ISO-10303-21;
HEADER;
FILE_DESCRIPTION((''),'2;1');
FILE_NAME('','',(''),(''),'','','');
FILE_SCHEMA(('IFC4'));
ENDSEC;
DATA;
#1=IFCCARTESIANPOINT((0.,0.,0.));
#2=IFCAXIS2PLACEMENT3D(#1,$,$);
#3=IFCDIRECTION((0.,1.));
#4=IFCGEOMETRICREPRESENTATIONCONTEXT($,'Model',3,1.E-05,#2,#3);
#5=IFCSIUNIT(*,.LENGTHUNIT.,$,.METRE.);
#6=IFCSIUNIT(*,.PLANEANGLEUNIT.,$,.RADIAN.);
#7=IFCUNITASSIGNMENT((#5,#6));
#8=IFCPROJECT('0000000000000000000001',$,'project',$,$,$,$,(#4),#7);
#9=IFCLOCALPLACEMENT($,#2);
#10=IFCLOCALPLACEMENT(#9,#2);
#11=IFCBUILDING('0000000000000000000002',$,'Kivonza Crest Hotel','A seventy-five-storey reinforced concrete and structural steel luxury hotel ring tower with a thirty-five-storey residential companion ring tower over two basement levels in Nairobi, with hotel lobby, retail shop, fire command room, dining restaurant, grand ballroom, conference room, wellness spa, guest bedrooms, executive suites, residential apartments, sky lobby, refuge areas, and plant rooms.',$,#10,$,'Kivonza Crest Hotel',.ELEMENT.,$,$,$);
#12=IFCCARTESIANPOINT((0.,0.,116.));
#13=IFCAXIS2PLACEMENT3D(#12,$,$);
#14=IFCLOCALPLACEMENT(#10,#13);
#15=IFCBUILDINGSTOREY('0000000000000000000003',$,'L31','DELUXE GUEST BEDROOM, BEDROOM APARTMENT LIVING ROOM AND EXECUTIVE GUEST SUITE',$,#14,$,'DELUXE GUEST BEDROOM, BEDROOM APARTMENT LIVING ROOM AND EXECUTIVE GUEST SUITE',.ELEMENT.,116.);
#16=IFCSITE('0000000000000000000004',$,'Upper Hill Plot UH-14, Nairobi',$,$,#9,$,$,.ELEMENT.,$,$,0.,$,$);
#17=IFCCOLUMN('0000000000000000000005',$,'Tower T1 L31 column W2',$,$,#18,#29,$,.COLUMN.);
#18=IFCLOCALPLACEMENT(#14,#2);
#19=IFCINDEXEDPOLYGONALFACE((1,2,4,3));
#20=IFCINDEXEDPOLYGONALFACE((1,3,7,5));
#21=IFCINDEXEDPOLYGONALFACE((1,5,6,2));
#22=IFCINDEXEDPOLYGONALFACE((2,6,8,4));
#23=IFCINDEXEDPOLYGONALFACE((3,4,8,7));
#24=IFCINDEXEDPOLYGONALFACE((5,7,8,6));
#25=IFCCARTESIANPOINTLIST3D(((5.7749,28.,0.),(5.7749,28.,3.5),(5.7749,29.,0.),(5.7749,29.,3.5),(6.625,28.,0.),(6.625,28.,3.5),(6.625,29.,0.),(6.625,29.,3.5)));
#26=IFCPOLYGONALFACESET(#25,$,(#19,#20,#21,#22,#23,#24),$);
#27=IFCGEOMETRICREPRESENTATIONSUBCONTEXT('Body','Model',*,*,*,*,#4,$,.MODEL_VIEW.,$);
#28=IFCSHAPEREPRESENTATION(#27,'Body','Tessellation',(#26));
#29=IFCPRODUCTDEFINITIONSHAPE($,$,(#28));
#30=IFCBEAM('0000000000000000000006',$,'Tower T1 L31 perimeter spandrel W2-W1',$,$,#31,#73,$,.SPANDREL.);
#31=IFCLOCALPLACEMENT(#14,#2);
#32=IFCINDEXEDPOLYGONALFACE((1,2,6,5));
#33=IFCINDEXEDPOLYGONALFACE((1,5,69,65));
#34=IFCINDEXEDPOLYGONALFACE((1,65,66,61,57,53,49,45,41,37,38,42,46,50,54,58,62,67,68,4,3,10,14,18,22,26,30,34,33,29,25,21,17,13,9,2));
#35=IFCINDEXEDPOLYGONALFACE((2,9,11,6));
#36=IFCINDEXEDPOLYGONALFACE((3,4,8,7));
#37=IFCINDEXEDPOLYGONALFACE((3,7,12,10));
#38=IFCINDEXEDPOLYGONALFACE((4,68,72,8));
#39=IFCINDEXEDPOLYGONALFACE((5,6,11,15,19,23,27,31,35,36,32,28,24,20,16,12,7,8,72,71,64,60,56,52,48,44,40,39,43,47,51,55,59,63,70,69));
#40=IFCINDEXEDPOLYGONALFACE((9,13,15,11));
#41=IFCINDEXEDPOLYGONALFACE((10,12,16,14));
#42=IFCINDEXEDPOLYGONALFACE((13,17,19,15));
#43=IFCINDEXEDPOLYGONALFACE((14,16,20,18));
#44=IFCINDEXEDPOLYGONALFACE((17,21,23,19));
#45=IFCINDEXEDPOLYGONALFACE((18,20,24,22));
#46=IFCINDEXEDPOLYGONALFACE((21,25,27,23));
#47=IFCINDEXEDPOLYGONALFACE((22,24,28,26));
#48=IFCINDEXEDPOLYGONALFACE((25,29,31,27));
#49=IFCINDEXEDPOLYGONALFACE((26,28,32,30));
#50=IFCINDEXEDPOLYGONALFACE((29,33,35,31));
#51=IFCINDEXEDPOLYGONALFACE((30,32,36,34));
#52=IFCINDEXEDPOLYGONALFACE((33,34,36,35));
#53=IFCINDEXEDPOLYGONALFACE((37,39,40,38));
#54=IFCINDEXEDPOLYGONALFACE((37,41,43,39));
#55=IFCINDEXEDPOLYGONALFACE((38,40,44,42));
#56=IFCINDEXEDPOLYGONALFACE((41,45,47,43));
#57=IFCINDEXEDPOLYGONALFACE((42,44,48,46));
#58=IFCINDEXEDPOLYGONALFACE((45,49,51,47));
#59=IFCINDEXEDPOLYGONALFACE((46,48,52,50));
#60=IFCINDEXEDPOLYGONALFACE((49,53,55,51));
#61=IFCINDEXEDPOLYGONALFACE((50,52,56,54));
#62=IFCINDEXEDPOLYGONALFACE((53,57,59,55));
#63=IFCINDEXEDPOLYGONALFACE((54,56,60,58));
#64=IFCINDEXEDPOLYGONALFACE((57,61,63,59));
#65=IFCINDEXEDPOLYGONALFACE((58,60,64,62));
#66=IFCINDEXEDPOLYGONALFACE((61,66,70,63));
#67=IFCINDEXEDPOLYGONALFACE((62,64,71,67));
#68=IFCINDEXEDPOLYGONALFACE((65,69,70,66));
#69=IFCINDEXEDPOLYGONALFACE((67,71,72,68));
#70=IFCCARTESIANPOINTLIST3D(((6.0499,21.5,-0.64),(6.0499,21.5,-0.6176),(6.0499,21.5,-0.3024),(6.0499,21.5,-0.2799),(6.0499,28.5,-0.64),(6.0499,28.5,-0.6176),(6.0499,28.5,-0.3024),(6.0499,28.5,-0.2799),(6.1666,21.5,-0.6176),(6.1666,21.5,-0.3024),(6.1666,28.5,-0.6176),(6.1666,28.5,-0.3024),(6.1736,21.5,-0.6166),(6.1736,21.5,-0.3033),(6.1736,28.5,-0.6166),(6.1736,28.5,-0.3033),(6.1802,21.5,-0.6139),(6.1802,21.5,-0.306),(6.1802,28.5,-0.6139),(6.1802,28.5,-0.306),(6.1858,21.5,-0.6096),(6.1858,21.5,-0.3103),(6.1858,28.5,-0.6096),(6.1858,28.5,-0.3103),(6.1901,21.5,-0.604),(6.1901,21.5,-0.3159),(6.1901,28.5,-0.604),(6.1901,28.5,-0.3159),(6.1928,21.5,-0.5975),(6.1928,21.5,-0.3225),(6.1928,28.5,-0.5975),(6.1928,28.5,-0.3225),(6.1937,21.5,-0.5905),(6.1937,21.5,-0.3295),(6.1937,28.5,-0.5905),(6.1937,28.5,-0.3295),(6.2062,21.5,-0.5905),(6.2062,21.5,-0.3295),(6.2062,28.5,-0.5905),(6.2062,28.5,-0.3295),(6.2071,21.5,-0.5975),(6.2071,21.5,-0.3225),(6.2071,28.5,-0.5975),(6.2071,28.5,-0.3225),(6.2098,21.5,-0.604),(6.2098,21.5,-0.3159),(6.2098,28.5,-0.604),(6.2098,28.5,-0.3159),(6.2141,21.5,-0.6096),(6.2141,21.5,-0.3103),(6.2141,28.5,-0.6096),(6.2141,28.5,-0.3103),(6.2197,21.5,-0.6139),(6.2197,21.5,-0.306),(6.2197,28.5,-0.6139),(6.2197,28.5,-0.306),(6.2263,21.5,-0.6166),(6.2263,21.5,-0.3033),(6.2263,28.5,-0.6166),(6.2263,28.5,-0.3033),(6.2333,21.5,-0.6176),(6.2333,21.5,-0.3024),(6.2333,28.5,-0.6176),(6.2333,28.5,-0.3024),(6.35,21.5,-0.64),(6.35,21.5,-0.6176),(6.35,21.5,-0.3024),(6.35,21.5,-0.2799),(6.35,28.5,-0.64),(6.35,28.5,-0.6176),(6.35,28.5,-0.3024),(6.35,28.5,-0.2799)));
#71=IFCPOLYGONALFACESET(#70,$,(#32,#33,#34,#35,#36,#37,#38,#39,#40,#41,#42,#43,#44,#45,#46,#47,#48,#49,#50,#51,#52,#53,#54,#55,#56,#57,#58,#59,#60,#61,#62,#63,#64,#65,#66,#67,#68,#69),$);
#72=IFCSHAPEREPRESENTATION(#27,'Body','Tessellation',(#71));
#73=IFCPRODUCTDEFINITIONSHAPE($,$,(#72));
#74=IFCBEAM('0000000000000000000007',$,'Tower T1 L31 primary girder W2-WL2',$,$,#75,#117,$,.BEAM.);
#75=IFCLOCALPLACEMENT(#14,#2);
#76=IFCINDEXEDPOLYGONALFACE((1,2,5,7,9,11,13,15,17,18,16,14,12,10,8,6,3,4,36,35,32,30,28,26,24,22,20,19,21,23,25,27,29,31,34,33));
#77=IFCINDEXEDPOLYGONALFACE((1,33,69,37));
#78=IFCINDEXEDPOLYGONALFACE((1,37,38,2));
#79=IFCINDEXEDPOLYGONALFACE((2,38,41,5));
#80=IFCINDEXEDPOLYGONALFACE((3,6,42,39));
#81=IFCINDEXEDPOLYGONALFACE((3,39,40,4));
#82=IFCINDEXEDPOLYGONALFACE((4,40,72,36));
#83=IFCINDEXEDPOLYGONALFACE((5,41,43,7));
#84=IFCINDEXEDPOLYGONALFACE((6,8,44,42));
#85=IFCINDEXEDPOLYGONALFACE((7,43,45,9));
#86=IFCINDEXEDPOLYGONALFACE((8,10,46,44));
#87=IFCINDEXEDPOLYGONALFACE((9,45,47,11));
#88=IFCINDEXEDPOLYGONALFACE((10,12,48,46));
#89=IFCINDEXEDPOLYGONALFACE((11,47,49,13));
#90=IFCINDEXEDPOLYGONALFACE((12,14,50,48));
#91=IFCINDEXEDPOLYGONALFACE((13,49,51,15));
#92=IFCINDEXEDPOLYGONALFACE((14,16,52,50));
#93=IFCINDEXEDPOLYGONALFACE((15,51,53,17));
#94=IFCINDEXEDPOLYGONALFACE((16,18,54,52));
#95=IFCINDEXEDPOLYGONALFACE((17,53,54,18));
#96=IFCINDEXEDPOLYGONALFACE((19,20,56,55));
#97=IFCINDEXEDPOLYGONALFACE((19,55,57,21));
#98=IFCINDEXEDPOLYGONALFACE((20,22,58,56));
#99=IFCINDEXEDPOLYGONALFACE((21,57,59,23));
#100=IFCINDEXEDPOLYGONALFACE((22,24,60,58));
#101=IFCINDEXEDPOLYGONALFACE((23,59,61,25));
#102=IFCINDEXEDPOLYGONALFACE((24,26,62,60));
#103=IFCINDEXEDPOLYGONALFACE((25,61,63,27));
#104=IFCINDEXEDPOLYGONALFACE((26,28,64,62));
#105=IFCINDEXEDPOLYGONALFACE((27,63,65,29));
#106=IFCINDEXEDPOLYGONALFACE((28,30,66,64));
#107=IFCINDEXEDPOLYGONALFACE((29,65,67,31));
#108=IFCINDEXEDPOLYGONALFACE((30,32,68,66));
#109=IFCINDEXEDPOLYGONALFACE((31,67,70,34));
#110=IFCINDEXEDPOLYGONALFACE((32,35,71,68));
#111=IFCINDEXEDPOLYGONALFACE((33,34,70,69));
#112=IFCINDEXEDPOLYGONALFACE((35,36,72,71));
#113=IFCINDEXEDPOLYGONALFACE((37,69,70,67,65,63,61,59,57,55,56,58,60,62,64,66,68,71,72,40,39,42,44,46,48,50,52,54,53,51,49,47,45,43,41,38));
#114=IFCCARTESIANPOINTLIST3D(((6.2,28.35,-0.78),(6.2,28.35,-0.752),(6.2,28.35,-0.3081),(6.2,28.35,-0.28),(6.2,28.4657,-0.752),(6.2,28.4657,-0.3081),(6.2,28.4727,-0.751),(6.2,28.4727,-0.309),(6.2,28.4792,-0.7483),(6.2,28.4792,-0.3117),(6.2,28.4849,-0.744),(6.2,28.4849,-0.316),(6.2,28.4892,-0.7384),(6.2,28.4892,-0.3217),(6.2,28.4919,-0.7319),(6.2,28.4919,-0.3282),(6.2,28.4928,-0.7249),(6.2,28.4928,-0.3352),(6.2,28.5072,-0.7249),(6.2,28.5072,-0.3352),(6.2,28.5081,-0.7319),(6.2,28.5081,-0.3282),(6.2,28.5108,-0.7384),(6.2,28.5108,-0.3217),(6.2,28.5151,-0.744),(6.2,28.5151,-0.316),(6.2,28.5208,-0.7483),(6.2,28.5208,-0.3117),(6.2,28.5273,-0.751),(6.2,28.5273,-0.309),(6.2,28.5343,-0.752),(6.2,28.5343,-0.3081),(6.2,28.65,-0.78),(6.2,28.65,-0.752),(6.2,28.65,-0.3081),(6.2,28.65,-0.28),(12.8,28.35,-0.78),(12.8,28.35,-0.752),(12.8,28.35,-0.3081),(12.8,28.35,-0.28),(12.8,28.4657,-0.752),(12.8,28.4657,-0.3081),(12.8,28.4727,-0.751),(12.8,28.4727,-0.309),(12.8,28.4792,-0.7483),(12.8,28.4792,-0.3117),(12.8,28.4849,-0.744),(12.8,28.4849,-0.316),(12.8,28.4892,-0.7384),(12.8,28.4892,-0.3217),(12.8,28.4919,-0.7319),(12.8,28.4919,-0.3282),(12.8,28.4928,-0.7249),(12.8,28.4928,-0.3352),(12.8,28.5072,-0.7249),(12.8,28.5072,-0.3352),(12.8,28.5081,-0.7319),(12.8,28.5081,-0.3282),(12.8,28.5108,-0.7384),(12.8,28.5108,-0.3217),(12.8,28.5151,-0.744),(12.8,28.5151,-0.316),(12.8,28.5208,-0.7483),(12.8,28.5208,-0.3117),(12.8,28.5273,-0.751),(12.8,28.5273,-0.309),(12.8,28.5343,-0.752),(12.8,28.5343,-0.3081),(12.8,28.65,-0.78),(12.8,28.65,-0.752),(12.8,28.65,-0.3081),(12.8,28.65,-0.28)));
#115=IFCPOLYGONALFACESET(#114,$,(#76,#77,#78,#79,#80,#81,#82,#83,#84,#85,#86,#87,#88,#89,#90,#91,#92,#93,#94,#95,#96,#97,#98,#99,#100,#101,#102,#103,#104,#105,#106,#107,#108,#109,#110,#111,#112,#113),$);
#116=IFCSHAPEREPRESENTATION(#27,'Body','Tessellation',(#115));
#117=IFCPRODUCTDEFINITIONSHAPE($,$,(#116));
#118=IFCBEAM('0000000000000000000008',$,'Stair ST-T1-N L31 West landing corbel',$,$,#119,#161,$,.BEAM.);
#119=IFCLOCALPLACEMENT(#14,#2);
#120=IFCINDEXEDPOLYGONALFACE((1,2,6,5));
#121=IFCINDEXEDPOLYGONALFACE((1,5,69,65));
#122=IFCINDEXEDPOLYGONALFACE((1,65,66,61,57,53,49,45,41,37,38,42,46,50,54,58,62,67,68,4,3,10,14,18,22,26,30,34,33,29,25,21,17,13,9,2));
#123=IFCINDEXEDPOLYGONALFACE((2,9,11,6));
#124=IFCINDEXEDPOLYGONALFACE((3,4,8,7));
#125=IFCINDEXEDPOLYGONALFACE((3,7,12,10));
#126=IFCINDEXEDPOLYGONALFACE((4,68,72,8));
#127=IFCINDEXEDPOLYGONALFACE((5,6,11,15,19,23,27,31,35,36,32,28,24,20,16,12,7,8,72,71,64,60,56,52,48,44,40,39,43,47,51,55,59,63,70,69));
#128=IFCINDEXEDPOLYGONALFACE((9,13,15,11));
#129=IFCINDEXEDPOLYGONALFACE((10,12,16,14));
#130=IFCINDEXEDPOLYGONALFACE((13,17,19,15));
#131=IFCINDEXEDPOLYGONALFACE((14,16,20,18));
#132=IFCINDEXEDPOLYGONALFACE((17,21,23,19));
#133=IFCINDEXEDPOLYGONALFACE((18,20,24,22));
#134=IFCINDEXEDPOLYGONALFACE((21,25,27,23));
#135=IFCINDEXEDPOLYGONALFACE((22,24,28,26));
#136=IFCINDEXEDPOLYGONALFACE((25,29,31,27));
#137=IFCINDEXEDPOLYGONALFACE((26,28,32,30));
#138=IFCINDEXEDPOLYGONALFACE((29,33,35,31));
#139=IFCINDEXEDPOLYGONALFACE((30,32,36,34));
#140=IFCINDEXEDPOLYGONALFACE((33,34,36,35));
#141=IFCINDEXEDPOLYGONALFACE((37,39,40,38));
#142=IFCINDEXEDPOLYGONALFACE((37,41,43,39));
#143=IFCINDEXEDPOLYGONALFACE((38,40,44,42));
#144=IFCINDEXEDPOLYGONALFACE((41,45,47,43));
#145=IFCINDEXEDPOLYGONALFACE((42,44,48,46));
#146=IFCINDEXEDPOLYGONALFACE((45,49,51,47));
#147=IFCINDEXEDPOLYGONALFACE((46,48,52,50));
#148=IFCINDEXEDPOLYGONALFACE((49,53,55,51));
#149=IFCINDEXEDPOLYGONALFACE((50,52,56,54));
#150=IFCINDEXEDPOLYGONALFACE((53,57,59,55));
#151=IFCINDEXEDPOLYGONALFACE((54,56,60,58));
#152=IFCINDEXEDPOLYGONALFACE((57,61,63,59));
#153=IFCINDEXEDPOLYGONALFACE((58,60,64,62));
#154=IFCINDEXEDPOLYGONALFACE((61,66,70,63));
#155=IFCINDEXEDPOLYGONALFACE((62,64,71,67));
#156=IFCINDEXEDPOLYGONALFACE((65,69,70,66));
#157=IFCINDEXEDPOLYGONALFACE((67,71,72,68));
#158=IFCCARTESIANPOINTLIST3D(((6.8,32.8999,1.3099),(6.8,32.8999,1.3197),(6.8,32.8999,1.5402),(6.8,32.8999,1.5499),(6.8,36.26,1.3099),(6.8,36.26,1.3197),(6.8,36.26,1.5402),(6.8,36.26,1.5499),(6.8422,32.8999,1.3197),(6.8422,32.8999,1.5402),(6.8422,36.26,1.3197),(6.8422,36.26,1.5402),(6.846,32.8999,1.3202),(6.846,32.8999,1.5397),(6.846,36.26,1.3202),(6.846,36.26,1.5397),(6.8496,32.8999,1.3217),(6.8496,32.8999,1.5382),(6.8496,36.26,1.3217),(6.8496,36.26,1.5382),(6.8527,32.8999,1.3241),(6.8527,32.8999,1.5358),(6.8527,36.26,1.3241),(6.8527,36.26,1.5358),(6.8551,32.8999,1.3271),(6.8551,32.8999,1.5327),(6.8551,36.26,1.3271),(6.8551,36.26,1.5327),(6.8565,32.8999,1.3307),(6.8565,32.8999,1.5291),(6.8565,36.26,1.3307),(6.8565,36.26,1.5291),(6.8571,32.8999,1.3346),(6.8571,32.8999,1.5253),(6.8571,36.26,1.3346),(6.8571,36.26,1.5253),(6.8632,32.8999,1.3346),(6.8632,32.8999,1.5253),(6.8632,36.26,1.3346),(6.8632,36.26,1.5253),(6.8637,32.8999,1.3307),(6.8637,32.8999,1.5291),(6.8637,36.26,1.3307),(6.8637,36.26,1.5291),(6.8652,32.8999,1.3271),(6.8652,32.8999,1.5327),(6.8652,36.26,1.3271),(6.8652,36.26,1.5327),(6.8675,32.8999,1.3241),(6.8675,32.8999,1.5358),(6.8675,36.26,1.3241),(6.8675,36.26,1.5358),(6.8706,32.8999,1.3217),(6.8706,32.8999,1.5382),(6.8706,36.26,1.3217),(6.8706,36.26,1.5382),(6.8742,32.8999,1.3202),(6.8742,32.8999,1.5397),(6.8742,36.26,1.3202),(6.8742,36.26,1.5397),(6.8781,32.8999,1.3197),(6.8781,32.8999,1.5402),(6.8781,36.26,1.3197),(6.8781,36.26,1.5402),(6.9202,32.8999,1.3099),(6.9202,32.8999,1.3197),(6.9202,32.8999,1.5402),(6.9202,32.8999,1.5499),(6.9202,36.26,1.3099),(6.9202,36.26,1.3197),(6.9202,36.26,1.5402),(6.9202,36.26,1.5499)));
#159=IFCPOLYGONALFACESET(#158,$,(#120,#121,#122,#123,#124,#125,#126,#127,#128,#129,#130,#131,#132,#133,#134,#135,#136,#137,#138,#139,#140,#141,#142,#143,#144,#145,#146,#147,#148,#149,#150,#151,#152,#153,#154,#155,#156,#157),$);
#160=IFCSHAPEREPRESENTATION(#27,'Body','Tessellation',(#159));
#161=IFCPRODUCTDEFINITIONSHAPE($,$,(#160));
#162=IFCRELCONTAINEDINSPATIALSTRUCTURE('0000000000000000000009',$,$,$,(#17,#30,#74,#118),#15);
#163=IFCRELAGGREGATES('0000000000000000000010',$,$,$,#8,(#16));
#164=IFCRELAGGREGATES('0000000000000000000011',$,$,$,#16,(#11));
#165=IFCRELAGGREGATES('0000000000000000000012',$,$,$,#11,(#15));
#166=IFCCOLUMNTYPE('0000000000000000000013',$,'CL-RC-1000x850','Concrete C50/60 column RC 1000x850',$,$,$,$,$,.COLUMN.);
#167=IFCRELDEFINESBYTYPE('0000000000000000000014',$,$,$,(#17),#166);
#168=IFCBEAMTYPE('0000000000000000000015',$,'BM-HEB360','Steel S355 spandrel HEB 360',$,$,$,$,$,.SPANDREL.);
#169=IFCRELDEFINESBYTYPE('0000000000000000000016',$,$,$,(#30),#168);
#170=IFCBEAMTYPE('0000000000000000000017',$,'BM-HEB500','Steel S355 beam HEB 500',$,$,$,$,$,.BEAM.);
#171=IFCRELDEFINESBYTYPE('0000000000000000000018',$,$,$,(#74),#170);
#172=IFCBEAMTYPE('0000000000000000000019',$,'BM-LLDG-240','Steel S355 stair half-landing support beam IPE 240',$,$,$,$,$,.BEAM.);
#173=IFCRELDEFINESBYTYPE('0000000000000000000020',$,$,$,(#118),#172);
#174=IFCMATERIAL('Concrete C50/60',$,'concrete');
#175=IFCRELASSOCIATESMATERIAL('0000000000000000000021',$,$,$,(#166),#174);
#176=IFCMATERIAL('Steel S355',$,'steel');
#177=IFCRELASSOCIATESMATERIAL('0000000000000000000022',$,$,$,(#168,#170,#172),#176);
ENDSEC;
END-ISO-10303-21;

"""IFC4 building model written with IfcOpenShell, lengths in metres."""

from ifc_helpers import new_model, si_unit, direction, frame, origin, origin_2d, place, context, subcontext, project, spatial, rectangle, i_section, extrude, material, material_profile, profile_set, type_object, element, save


model = new_model("IFC4")

# Units and contexts
model_context = context("Model", 3, precision=1e-05, world=origin(), true_north=direction((0.0, 1.0)))
body_context = subcontext(model_context, "Body", "Model", "MODEL_VIEW")
ifc_project = project(units=[si_unit("LENGTHUNIT", "METRE"), si_unit("PLANEANGLEUNIT", "RADIAN")], contexts=[model_context])

# Site, building, storey
site_placement = place(None, origin())
site = spatial("IfcSite", under=ifc_project, at=site_placement, Name="Upper Hill Plot UH-14, Nairobi", CompositionType="ELEMENT", RefElevation=0.0)
building_placement = place(site_placement, origin())
building = spatial("IfcBuilding", under=site, at=building_placement, Name="Kivonza Crest Hotel", Description="A seventy-five-storey reinforced concrete and structural steel luxury hotel ring tower with a thirty-five-storey residential companion ring tower over two basement levels in Nairobi, with hotel lobby, retail shop, fire command room, dining restaurant, grand ballroom, conference room, wellness spa, guest bedrooms, executive suites, residential apartments, sky lobby, refuge areas, and plant rooms.", LongName="Kivonza Crest Hotel", CompositionType="ELEMENT")
storey_placement = place(building_placement, frame((0.0, 0.0, 116.0)))
storey = spatial("IfcBuildingStorey", under=building, at=storey_placement, Name="L31", Description="DELUXE GUEST BEDROOM, BEDROOM APARTMENT LIVING ROOM AND EXECUTIVE GUEST SUITE", LongName="DELUXE GUEST BEDROOM, BEDROOM APARTMENT LIVING ROOM AND EXECUTIVE GUEST SUITE", CompositionType="ELEMENT", Elevation=116.0)

# Column
ifc_material_1 = material(Name="Concrete C50/60", Category="concrete")
ifc_material_profile_1 = material_profile(ifc_material_1, rectangle(XDim=0.8501, YDim=1.0, at=origin_2d()), Name="RC 1000x850")
ifc_profile_set_1 = profile_set([ifc_material_profile_1], Name="Concrete C50/60")
column_type = type_object("IfcColumnType", Name="CL-RC-1000x850", Description="Concrete C50/60 column RC 1000x850", PredefinedType="COLUMN", material=ifc_profile_set_1)
column_placement = place(storey_placement, frame((6.2, 28.5, 0.0), z_axis=(0.0, 0.0, 1.0), x_axis=(1.0, 0.0, 0.0)))
element("IfcColumn", 1, at=column_placement, inside=storey, type_object=column_type, Name="Tower T1 L31 column W2", PredefinedType="COLUMN", context=body_context, shape_type="SweptSolid", body=[
    extrude(rectangle(XDim=0.8501, YDim=1.0, at=origin_2d()), origin(), (0.0, 0.0, 1.0), 3.5),
])

# Beams
ifc_material_2 = material(Name="Steel S355", Category="steel")
ifc_material_profile_2 = material_profile(ifc_material_2, i_section(OverallWidth=0.3, OverallDepth=0.3601, WebThickness=0.0125, FlangeThickness=0.0225, FilletRadius=0.0271, at=origin_2d()), Name="HEB 360")
ifc_profile_set_2 = profile_set([ifc_material_profile_2], Name="Steel S355")
beam_type_1 = type_object("IfcBeamType", Name="BM-HEB360", Description="Steel S355 spandrel HEB 360", PredefinedType="SPANDREL", material=ifc_profile_set_2)
beam_1_placement = place(storey_placement, frame((6.2, 28.5, -0.46), z_axis=(0.0, -1.0, 0.0), x_axis=(1.0, 0.0, 0.0)))
element("IfcBeam", 2, at=beam_1_placement, inside=storey, type_object=beam_type_1, Name="Tower T1 L31 perimeter spandrel W2-W1", PredefinedType="SPANDREL", context=body_context, shape_type="SweptSolid", body=[
    extrude(i_section(OverallWidth=0.3, OverallDepth=0.3601, WebThickness=0.0125, FlangeThickness=0.0225, FilletRadius=0.0271, at=origin_2d()), origin(), (0.0, 0.0, 1.0), 7.0),
])
ifc_material_profile_3 = material_profile(ifc_material_2, i_section(OverallWidth=0.3, OverallDepth=0.5, WebThickness=0.0144, FlangeThickness=0.0281, FilletRadius=0.0271, at=origin_2d()), Name="HEB 500")
ifc_profile_set_3 = profile_set([ifc_material_profile_3], Name="Steel S355")
beam_type_2 = type_object("IfcBeamType", Name="BM-HEB500", Description="Steel S355 beam HEB 500", PredefinedType="BEAM", material=ifc_profile_set_3)
beam_2_placement = place(storey_placement, frame((6.2, 28.5, -0.53), z_axis=(1.0, 0.0, 0.0), x_axis=(0.0, 1.0, 0.0)))
element("IfcBeam", 3, at=beam_2_placement, inside=storey, type_object=beam_type_2, Name="Tower T1 L31 primary girder W2-WL2", PredefinedType="BEAM", context=body_context, shape_type="SweptSolid", body=[
    extrude(i_section(OverallWidth=0.3, OverallDepth=0.5, WebThickness=0.0144, FlangeThickness=0.0281, FilletRadius=0.0271, at=origin_2d()), origin(), (0.0, 0.0, 1.0), 6.6001),
])
ifc_material_profile_4 = material_profile(ifc_material_2, i_section(OverallWidth=0.1201, OverallDepth=0.24, WebThickness=0.0061, FlangeThickness=0.0098, FilletRadius=0.0149, at=origin_2d()), Name="IPE 240")
ifc_profile_set_4 = profile_set([ifc_material_profile_4], Name="Steel S355")
beam_type_3 = type_object("IfcBeamType", Name="BM-LLDG-240", Description="Steel S355 stair half-landing support beam IPE 240", PredefinedType="BEAM", material=ifc_profile_set_4)
beam_3_placement = place(storey_placement, frame((6.8601, 32.8999, 1.4299), z_axis=(0.0, 1.0, 0.0), x_axis=(-1.0, 0.0, 0.0)))
element("IfcBeam", 4, at=beam_3_placement, inside=storey, type_object=beam_type_3, Name="Stair ST-T1-N L31 West landing corbel", PredefinedType="BEAM", context=body_context, shape_type="SweptSolid", body=[
    extrude(i_section(OverallWidth=0.1201, OverallDepth=0.24, WebThickness=0.0061, FlangeThickness=0.0098, FilletRadius=0.0149, at=origin_2d()), origin(), (0.0, 0.0, 1.0), 3.3601),
])

save(model, "model.ifc")
